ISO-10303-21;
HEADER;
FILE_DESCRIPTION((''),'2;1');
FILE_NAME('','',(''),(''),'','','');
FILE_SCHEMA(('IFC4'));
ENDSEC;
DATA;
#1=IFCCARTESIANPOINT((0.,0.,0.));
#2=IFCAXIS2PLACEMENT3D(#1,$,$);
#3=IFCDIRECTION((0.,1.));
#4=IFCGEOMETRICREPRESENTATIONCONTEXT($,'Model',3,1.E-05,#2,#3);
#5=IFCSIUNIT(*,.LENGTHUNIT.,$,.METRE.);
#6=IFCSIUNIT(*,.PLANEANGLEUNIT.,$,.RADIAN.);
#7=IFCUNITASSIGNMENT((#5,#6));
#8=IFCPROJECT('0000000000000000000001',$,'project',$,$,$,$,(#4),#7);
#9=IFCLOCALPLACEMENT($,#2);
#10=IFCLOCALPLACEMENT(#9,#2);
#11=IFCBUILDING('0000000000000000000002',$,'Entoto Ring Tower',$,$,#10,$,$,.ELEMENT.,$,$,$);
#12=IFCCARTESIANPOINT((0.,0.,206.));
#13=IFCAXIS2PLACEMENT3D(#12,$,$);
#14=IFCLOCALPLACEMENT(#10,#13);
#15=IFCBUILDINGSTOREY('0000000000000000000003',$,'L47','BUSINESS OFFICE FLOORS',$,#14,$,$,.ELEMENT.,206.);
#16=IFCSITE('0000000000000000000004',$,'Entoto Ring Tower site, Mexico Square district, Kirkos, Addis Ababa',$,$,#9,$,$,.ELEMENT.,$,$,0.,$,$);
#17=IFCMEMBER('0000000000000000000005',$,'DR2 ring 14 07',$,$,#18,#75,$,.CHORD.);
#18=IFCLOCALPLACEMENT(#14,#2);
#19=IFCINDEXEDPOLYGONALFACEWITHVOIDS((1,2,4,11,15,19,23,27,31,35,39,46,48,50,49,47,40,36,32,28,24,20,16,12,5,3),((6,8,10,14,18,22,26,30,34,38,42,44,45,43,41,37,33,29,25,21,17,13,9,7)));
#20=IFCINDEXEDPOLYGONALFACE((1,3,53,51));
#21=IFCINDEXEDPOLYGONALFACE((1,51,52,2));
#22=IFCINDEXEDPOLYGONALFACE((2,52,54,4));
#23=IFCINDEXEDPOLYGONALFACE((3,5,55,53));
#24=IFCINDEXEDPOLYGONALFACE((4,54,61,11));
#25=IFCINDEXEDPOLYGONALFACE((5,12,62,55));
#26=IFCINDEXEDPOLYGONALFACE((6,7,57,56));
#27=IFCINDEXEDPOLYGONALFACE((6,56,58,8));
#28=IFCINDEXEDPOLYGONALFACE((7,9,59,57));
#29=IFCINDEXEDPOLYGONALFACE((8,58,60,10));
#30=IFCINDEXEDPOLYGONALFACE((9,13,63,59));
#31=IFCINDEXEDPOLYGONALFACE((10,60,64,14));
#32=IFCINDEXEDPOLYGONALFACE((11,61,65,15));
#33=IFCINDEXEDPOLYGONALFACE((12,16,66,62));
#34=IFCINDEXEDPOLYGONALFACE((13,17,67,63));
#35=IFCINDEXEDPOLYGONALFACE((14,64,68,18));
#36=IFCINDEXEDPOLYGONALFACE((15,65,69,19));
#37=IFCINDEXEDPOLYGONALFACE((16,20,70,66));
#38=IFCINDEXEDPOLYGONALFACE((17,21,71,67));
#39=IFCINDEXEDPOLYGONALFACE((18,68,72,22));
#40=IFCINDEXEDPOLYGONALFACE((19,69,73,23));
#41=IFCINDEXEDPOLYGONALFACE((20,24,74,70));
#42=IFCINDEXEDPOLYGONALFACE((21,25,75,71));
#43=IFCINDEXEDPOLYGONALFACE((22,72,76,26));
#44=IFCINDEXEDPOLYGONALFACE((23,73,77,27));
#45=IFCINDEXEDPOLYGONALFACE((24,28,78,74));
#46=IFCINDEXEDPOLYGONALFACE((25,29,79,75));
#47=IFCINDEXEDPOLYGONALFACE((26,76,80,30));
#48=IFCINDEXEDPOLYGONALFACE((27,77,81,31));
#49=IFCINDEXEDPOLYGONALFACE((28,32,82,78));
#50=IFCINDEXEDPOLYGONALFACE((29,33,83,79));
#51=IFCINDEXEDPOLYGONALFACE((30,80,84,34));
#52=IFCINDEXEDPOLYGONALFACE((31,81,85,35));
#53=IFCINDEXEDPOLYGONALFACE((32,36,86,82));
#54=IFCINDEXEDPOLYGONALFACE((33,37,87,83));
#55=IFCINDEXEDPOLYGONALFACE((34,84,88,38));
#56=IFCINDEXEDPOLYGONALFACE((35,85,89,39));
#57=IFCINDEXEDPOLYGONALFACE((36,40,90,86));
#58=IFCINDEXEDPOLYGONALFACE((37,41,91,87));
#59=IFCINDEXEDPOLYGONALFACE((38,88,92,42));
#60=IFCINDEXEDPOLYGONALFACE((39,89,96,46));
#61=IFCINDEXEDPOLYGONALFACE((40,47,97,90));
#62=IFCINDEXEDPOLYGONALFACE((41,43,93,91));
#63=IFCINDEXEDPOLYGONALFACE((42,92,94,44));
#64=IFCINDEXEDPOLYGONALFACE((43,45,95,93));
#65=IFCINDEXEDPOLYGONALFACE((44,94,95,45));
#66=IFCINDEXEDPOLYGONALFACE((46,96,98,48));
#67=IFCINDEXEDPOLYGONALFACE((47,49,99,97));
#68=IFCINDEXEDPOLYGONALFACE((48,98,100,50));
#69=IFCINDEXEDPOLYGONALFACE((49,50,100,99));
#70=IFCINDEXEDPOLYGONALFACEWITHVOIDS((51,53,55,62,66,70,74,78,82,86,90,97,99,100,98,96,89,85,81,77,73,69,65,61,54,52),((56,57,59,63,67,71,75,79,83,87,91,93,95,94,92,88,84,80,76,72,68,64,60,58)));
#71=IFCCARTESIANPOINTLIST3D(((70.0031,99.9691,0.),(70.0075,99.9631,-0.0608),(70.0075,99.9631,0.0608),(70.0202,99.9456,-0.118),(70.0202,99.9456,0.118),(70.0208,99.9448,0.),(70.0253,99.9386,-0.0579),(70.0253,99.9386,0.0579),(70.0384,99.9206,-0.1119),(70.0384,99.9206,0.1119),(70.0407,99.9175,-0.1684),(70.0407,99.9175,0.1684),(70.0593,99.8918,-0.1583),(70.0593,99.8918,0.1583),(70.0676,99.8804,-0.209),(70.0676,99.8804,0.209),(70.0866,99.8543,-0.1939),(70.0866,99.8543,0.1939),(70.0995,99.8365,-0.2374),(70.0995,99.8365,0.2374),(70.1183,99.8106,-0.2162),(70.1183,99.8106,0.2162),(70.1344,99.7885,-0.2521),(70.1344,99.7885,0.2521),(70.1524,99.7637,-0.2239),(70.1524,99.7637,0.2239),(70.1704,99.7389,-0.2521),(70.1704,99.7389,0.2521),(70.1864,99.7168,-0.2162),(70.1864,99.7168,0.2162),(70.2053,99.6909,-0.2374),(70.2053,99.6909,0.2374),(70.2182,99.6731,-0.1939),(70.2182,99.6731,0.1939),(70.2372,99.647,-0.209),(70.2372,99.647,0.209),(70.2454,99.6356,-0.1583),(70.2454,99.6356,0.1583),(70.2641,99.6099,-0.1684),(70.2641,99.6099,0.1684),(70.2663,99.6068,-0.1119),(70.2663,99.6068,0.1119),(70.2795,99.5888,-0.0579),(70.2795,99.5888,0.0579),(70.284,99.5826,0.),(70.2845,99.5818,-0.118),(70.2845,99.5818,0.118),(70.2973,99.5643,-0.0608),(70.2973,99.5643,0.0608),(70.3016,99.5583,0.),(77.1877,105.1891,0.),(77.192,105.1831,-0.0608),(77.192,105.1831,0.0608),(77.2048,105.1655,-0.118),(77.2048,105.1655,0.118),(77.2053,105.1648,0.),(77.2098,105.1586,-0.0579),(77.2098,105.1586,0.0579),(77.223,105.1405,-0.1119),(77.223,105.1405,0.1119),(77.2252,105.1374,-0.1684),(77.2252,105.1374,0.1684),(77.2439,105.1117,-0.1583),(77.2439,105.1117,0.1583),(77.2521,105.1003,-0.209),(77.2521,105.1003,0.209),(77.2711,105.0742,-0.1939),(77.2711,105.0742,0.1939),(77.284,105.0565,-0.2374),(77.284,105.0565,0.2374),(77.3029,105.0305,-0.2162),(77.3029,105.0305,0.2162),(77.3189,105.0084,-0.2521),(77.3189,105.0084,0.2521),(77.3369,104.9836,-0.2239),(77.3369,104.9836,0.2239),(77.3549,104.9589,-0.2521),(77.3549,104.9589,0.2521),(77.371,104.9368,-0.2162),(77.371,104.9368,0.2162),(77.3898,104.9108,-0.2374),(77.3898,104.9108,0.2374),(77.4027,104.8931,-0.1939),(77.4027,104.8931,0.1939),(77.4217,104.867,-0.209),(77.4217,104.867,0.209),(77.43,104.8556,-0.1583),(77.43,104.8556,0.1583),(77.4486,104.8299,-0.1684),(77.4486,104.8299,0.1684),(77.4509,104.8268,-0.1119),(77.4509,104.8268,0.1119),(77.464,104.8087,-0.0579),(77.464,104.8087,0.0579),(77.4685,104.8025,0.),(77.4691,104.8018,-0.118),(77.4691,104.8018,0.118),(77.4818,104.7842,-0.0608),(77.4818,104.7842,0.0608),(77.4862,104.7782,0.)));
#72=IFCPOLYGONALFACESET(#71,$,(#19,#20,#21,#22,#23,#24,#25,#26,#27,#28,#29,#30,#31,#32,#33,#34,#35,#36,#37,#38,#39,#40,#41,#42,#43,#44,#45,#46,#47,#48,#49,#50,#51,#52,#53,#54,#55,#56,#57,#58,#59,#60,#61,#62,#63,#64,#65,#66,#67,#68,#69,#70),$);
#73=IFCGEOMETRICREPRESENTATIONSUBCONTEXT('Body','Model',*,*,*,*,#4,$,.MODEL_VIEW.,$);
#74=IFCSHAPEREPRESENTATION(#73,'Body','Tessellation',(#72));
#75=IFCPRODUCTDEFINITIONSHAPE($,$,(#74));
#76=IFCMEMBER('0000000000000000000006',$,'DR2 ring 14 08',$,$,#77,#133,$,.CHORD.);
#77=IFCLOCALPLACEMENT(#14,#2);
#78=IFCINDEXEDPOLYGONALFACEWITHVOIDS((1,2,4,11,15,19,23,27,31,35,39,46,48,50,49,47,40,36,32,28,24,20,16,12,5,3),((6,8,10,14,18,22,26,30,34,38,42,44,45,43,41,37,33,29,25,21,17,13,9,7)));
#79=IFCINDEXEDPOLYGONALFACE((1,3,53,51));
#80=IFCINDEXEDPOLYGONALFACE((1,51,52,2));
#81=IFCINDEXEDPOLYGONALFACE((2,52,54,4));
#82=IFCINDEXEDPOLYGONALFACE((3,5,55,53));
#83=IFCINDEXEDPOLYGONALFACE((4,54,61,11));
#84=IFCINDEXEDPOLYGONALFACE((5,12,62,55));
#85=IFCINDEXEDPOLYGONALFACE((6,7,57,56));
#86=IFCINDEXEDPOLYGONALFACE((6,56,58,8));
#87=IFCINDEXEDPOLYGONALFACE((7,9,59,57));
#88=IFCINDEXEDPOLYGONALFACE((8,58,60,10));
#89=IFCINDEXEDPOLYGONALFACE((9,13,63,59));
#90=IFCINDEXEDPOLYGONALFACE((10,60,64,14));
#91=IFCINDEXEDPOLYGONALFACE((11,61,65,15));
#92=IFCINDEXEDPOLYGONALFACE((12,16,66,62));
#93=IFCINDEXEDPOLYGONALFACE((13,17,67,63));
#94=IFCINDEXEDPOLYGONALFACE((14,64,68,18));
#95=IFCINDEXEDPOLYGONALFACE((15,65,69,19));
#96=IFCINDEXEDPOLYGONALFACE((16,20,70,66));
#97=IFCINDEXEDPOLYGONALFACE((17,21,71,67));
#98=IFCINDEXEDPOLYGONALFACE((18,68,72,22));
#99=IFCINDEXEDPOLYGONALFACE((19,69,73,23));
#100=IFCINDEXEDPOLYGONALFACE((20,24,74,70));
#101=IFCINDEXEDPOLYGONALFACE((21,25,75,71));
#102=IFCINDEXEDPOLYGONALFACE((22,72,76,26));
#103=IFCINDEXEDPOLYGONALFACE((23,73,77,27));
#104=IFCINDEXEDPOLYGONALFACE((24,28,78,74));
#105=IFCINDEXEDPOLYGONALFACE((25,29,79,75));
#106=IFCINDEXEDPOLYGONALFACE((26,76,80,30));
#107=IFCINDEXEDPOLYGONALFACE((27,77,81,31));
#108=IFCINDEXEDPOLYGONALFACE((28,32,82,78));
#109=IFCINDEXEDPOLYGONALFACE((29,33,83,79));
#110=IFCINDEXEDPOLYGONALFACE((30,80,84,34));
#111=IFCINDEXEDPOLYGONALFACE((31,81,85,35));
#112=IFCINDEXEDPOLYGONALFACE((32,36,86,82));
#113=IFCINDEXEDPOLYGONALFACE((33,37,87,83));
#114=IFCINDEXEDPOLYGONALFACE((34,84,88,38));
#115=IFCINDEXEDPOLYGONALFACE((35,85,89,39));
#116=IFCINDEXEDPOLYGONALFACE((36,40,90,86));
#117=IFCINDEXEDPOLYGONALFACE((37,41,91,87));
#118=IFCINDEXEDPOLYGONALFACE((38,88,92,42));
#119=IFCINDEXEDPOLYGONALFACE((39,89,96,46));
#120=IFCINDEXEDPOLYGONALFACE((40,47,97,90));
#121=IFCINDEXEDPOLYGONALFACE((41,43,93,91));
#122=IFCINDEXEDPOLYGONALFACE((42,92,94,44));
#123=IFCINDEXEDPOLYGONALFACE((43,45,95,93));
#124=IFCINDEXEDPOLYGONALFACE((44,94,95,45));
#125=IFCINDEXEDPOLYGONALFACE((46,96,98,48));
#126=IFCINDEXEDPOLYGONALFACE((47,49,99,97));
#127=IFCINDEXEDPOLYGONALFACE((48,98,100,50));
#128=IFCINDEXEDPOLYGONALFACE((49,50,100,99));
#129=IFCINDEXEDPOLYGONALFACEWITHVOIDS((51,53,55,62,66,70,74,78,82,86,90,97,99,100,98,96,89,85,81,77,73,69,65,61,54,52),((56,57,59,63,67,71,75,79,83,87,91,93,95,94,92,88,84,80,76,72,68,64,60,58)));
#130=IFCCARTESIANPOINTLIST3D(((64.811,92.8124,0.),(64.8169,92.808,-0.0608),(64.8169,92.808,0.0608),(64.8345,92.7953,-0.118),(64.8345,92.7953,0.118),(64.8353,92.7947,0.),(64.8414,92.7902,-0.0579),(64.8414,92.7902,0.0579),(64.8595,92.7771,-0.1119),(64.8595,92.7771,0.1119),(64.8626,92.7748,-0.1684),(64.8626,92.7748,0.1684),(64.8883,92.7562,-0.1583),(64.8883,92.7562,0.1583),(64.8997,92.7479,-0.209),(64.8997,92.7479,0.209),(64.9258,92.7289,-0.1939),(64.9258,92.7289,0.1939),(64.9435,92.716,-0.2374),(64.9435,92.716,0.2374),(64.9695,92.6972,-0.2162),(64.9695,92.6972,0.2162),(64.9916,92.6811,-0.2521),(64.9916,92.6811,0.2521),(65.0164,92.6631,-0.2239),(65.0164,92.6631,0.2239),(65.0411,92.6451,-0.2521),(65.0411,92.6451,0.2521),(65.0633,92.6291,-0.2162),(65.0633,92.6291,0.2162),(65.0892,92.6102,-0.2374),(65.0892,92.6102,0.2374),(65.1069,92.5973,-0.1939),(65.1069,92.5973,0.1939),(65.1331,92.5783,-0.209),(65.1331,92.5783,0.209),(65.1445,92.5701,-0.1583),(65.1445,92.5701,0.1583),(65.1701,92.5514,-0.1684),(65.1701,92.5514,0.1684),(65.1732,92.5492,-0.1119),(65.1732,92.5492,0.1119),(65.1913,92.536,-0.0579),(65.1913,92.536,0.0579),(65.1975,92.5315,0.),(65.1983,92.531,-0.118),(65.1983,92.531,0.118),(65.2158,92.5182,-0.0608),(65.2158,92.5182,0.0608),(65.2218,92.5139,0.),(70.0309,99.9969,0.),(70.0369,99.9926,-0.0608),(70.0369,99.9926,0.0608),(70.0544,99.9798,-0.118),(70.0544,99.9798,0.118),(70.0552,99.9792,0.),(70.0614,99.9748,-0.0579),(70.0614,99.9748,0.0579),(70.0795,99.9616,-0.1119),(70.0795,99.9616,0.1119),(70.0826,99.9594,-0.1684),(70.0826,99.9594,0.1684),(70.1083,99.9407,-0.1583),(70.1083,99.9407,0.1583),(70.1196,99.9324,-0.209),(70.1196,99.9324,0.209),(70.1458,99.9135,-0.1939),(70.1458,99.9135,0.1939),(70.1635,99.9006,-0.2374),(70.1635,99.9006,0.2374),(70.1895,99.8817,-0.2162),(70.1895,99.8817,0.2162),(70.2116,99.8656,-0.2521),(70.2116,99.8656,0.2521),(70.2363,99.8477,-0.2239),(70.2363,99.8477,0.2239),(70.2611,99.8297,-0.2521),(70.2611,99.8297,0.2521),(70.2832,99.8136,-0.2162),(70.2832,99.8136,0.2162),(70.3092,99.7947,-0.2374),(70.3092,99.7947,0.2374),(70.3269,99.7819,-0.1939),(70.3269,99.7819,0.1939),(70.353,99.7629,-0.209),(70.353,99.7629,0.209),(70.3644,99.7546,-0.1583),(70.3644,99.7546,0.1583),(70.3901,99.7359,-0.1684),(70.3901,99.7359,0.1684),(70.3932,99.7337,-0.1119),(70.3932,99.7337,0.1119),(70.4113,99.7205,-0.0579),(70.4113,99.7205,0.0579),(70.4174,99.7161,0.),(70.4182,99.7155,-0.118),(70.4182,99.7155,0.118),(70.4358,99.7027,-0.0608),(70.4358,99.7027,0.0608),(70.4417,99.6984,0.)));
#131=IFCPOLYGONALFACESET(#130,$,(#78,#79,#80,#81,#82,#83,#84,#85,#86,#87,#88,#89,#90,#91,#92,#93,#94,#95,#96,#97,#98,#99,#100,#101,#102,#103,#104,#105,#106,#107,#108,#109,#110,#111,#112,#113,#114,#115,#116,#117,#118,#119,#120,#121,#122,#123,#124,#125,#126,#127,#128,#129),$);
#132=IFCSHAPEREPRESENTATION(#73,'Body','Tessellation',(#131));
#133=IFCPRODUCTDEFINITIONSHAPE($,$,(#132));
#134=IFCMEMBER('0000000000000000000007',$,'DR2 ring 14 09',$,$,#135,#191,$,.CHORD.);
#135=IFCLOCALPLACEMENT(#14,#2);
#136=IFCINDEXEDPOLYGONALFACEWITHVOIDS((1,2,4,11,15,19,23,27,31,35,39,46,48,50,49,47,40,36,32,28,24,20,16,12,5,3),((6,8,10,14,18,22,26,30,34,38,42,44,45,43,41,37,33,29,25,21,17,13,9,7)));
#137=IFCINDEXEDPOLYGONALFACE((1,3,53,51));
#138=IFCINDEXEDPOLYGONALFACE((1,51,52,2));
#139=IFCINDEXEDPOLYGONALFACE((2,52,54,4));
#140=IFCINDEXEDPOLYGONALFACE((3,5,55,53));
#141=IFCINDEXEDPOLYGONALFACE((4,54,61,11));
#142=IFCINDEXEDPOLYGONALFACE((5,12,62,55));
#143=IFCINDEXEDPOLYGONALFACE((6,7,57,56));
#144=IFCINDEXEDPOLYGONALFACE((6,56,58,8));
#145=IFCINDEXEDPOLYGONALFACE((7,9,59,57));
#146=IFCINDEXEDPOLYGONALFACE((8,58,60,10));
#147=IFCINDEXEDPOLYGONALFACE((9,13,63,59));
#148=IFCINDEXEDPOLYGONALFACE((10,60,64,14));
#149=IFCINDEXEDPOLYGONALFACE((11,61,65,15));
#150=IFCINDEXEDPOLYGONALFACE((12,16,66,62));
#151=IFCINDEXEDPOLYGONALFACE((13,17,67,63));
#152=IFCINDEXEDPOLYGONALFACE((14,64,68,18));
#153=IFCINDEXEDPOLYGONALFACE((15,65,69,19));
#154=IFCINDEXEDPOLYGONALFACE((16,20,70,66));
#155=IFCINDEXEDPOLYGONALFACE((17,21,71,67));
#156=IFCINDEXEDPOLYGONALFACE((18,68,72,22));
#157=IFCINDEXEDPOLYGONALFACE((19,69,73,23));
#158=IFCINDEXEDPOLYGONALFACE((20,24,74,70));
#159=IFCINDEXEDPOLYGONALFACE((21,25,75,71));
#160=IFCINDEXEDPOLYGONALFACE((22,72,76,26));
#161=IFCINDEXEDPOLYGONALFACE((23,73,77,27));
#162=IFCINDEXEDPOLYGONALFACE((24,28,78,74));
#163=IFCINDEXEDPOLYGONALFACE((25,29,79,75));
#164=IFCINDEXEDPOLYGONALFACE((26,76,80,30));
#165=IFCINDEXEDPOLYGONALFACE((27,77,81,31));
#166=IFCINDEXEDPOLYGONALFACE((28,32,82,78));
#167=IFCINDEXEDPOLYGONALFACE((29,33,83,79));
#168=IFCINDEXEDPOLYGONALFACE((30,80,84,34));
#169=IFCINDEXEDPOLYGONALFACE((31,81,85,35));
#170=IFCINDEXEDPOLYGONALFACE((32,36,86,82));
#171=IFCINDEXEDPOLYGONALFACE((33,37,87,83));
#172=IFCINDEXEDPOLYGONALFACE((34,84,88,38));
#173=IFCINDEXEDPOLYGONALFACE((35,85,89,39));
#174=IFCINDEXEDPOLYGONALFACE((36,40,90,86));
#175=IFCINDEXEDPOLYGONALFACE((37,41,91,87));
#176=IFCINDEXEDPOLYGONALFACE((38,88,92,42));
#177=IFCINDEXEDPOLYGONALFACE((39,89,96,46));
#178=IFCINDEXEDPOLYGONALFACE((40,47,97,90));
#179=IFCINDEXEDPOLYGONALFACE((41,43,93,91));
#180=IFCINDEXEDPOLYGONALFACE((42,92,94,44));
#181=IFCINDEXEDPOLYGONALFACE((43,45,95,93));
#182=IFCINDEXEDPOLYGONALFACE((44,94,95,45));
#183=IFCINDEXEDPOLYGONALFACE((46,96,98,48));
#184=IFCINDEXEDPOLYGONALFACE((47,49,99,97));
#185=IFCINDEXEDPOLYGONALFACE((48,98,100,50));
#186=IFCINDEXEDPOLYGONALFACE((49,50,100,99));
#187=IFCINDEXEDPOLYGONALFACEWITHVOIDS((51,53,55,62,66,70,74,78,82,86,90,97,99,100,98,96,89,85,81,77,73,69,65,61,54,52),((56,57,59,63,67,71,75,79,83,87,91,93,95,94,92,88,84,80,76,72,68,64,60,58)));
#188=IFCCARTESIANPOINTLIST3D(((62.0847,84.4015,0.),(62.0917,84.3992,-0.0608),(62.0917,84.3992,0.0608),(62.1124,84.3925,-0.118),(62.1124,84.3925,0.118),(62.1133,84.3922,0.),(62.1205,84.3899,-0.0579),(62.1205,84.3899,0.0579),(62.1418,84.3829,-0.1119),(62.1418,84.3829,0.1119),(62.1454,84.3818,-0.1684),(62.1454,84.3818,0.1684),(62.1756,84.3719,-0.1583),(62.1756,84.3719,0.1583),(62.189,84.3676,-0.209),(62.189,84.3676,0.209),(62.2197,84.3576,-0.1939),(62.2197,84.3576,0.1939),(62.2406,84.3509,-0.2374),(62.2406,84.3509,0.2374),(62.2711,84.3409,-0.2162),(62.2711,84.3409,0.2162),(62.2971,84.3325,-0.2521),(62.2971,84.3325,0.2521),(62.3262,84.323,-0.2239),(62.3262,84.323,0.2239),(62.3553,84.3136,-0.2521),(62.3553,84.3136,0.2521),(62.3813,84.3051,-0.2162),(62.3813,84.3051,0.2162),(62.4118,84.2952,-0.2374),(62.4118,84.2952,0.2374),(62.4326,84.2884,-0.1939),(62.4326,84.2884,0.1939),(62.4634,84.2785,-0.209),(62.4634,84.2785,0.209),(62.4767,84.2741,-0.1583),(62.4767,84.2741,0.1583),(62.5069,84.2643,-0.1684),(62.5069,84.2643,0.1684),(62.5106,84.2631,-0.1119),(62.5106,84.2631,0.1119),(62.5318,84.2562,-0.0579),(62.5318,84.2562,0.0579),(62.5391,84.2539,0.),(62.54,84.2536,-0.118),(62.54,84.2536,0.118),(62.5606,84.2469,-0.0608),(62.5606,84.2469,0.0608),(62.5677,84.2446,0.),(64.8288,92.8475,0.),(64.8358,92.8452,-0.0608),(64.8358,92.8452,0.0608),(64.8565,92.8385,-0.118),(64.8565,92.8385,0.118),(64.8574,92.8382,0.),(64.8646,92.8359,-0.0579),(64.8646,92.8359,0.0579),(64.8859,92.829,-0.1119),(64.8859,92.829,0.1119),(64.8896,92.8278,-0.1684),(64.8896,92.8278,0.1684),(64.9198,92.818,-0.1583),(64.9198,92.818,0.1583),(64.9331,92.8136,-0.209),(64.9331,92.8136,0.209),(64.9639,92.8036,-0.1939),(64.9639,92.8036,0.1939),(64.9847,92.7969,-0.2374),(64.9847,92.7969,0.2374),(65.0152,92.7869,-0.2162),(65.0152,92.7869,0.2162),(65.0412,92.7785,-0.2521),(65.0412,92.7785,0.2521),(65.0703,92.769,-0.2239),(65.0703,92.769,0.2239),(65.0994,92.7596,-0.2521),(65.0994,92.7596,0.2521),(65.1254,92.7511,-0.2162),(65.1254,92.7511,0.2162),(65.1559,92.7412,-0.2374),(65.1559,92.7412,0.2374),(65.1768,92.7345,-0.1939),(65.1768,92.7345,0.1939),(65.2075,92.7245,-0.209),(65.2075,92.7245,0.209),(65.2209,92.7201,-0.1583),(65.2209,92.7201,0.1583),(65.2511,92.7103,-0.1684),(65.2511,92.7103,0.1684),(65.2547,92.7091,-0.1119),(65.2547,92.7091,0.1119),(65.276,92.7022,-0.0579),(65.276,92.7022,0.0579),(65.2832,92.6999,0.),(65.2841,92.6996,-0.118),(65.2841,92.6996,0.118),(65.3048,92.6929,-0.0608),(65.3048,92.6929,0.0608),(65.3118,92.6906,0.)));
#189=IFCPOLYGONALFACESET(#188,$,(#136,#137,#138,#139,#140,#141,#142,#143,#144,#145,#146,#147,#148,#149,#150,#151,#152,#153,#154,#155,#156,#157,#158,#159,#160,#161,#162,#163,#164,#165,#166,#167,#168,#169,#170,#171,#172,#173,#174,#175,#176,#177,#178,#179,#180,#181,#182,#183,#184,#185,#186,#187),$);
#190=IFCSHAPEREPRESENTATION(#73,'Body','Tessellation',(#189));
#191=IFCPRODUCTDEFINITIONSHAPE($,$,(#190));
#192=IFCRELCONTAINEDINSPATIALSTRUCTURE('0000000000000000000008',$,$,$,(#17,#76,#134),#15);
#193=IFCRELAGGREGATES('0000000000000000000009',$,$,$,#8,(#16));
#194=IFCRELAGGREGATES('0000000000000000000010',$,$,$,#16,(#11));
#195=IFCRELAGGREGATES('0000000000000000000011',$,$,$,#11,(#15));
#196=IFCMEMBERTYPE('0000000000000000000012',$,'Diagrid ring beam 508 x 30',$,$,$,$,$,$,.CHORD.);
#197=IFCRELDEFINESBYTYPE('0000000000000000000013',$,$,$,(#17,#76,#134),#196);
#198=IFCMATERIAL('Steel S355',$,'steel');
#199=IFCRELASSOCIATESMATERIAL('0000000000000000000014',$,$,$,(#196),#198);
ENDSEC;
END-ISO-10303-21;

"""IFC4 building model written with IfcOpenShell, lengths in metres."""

from ifc_helpers import new_model, si_unit, direction, frame, origin, origin_2d, place, context, subcontext, project, spatial, circle, hollow_circle, extrude, material, material_profile, profile_set, type_object, element, save


model = new_model("IFC4")

# Units and contexts
model_context = context("Model", 3, precision=1e-05, world=origin(), true_north=direction((0.0, 1.0)))
body_context = subcontext(model_context, "Body", "Model", "MODEL_VIEW")
ifc_project = project(units=[si_unit("LENGTHUNIT", "METRE"), si_unit("PLANEANGLEUNIT", "RADIAN")], contexts=[model_context])

# Site, building, storey
site_placement = place(None, origin())
site = spatial("IfcSite", under=ifc_project, at=site_placement, Name="Entoto Ring Tower site, Mexico Square district, Kirkos, Addis Ababa", CompositionType="ELEMENT", RefElevation=0.0)
building_placement = place(site_placement, origin())
building = spatial("IfcBuilding", under=site, at=building_placement, Name="Entoto Ring Tower", CompositionType="ELEMENT")
storey_placement = place(building_placement, frame((0.0, 0.0, 206.0)))
storey = spatial("IfcBuildingStorey", under=building, at=storey_placement, Name="L47", Description="BUSINESS OFFICE FLOORS", CompositionType="ELEMENT", Elevation=206.0)

# Members
ifc_material_1 = material(Name="Steel S355", Category="steel")
ifc_material_profile_1 = material_profile(ifc_material_1, hollow_circle(Radius=0.2539, WallThickness=0.03, at=origin_2d()), Name="CHS 508 x 30")
ifc_material_2 = material(Name="Concrete C60/75", Category="concrete")
ifc_material_profile_2 = material_profile(ifc_material_2, circle(Radius=0.2241, at=origin_2d()), Name="Concrete C60/75 infill")
ifc_profile_set_1 = profile_set([ifc_material_profile_1, ifc_material_profile_2], Name="Steel S355")
member_type_1 = type_object("IfcMemberType", Name="Diagrid ring beam 508 x 30", PredefinedType="CHORD", material=ifc_profile_set_1)
for number, where, z_axis, x_axis, name in (
    (1, (77.3369, 104.9836, 0.0), (-0.809013, -0.587791, 0.0), (0.587791, -0.809013, 0.0), "DR2 ring 14 07"),
    (2, (70.2363, 99.8477, 0.0), (-0.587791, -0.809013, 0.0), (0.809013, -0.587791, 0.0), "DR2 ring 14 08"),
    (3, (65.0703, 92.769, 0.0), (-0.309002, -0.951061, 0.0), (0.951061, -0.309002, 0.0), "DR2 ring 14 09"),
):
    element("IfcMember", number, at=place(storey_placement, frame(where, z_axis=z_axis, x_axis=x_axis)), inside=storey, type_object=member_type_1, Name=name, PredefinedType="CHORD", context=body_context, shape_type="SweptSolid", body=[
        extrude(hollow_circle(Radius=0.2539, WallThickness=0.03, at=origin_2d()), origin(), (0.0, 0.0, 1.0), 8.8806),
    ])

save(model, "model.ifc")
